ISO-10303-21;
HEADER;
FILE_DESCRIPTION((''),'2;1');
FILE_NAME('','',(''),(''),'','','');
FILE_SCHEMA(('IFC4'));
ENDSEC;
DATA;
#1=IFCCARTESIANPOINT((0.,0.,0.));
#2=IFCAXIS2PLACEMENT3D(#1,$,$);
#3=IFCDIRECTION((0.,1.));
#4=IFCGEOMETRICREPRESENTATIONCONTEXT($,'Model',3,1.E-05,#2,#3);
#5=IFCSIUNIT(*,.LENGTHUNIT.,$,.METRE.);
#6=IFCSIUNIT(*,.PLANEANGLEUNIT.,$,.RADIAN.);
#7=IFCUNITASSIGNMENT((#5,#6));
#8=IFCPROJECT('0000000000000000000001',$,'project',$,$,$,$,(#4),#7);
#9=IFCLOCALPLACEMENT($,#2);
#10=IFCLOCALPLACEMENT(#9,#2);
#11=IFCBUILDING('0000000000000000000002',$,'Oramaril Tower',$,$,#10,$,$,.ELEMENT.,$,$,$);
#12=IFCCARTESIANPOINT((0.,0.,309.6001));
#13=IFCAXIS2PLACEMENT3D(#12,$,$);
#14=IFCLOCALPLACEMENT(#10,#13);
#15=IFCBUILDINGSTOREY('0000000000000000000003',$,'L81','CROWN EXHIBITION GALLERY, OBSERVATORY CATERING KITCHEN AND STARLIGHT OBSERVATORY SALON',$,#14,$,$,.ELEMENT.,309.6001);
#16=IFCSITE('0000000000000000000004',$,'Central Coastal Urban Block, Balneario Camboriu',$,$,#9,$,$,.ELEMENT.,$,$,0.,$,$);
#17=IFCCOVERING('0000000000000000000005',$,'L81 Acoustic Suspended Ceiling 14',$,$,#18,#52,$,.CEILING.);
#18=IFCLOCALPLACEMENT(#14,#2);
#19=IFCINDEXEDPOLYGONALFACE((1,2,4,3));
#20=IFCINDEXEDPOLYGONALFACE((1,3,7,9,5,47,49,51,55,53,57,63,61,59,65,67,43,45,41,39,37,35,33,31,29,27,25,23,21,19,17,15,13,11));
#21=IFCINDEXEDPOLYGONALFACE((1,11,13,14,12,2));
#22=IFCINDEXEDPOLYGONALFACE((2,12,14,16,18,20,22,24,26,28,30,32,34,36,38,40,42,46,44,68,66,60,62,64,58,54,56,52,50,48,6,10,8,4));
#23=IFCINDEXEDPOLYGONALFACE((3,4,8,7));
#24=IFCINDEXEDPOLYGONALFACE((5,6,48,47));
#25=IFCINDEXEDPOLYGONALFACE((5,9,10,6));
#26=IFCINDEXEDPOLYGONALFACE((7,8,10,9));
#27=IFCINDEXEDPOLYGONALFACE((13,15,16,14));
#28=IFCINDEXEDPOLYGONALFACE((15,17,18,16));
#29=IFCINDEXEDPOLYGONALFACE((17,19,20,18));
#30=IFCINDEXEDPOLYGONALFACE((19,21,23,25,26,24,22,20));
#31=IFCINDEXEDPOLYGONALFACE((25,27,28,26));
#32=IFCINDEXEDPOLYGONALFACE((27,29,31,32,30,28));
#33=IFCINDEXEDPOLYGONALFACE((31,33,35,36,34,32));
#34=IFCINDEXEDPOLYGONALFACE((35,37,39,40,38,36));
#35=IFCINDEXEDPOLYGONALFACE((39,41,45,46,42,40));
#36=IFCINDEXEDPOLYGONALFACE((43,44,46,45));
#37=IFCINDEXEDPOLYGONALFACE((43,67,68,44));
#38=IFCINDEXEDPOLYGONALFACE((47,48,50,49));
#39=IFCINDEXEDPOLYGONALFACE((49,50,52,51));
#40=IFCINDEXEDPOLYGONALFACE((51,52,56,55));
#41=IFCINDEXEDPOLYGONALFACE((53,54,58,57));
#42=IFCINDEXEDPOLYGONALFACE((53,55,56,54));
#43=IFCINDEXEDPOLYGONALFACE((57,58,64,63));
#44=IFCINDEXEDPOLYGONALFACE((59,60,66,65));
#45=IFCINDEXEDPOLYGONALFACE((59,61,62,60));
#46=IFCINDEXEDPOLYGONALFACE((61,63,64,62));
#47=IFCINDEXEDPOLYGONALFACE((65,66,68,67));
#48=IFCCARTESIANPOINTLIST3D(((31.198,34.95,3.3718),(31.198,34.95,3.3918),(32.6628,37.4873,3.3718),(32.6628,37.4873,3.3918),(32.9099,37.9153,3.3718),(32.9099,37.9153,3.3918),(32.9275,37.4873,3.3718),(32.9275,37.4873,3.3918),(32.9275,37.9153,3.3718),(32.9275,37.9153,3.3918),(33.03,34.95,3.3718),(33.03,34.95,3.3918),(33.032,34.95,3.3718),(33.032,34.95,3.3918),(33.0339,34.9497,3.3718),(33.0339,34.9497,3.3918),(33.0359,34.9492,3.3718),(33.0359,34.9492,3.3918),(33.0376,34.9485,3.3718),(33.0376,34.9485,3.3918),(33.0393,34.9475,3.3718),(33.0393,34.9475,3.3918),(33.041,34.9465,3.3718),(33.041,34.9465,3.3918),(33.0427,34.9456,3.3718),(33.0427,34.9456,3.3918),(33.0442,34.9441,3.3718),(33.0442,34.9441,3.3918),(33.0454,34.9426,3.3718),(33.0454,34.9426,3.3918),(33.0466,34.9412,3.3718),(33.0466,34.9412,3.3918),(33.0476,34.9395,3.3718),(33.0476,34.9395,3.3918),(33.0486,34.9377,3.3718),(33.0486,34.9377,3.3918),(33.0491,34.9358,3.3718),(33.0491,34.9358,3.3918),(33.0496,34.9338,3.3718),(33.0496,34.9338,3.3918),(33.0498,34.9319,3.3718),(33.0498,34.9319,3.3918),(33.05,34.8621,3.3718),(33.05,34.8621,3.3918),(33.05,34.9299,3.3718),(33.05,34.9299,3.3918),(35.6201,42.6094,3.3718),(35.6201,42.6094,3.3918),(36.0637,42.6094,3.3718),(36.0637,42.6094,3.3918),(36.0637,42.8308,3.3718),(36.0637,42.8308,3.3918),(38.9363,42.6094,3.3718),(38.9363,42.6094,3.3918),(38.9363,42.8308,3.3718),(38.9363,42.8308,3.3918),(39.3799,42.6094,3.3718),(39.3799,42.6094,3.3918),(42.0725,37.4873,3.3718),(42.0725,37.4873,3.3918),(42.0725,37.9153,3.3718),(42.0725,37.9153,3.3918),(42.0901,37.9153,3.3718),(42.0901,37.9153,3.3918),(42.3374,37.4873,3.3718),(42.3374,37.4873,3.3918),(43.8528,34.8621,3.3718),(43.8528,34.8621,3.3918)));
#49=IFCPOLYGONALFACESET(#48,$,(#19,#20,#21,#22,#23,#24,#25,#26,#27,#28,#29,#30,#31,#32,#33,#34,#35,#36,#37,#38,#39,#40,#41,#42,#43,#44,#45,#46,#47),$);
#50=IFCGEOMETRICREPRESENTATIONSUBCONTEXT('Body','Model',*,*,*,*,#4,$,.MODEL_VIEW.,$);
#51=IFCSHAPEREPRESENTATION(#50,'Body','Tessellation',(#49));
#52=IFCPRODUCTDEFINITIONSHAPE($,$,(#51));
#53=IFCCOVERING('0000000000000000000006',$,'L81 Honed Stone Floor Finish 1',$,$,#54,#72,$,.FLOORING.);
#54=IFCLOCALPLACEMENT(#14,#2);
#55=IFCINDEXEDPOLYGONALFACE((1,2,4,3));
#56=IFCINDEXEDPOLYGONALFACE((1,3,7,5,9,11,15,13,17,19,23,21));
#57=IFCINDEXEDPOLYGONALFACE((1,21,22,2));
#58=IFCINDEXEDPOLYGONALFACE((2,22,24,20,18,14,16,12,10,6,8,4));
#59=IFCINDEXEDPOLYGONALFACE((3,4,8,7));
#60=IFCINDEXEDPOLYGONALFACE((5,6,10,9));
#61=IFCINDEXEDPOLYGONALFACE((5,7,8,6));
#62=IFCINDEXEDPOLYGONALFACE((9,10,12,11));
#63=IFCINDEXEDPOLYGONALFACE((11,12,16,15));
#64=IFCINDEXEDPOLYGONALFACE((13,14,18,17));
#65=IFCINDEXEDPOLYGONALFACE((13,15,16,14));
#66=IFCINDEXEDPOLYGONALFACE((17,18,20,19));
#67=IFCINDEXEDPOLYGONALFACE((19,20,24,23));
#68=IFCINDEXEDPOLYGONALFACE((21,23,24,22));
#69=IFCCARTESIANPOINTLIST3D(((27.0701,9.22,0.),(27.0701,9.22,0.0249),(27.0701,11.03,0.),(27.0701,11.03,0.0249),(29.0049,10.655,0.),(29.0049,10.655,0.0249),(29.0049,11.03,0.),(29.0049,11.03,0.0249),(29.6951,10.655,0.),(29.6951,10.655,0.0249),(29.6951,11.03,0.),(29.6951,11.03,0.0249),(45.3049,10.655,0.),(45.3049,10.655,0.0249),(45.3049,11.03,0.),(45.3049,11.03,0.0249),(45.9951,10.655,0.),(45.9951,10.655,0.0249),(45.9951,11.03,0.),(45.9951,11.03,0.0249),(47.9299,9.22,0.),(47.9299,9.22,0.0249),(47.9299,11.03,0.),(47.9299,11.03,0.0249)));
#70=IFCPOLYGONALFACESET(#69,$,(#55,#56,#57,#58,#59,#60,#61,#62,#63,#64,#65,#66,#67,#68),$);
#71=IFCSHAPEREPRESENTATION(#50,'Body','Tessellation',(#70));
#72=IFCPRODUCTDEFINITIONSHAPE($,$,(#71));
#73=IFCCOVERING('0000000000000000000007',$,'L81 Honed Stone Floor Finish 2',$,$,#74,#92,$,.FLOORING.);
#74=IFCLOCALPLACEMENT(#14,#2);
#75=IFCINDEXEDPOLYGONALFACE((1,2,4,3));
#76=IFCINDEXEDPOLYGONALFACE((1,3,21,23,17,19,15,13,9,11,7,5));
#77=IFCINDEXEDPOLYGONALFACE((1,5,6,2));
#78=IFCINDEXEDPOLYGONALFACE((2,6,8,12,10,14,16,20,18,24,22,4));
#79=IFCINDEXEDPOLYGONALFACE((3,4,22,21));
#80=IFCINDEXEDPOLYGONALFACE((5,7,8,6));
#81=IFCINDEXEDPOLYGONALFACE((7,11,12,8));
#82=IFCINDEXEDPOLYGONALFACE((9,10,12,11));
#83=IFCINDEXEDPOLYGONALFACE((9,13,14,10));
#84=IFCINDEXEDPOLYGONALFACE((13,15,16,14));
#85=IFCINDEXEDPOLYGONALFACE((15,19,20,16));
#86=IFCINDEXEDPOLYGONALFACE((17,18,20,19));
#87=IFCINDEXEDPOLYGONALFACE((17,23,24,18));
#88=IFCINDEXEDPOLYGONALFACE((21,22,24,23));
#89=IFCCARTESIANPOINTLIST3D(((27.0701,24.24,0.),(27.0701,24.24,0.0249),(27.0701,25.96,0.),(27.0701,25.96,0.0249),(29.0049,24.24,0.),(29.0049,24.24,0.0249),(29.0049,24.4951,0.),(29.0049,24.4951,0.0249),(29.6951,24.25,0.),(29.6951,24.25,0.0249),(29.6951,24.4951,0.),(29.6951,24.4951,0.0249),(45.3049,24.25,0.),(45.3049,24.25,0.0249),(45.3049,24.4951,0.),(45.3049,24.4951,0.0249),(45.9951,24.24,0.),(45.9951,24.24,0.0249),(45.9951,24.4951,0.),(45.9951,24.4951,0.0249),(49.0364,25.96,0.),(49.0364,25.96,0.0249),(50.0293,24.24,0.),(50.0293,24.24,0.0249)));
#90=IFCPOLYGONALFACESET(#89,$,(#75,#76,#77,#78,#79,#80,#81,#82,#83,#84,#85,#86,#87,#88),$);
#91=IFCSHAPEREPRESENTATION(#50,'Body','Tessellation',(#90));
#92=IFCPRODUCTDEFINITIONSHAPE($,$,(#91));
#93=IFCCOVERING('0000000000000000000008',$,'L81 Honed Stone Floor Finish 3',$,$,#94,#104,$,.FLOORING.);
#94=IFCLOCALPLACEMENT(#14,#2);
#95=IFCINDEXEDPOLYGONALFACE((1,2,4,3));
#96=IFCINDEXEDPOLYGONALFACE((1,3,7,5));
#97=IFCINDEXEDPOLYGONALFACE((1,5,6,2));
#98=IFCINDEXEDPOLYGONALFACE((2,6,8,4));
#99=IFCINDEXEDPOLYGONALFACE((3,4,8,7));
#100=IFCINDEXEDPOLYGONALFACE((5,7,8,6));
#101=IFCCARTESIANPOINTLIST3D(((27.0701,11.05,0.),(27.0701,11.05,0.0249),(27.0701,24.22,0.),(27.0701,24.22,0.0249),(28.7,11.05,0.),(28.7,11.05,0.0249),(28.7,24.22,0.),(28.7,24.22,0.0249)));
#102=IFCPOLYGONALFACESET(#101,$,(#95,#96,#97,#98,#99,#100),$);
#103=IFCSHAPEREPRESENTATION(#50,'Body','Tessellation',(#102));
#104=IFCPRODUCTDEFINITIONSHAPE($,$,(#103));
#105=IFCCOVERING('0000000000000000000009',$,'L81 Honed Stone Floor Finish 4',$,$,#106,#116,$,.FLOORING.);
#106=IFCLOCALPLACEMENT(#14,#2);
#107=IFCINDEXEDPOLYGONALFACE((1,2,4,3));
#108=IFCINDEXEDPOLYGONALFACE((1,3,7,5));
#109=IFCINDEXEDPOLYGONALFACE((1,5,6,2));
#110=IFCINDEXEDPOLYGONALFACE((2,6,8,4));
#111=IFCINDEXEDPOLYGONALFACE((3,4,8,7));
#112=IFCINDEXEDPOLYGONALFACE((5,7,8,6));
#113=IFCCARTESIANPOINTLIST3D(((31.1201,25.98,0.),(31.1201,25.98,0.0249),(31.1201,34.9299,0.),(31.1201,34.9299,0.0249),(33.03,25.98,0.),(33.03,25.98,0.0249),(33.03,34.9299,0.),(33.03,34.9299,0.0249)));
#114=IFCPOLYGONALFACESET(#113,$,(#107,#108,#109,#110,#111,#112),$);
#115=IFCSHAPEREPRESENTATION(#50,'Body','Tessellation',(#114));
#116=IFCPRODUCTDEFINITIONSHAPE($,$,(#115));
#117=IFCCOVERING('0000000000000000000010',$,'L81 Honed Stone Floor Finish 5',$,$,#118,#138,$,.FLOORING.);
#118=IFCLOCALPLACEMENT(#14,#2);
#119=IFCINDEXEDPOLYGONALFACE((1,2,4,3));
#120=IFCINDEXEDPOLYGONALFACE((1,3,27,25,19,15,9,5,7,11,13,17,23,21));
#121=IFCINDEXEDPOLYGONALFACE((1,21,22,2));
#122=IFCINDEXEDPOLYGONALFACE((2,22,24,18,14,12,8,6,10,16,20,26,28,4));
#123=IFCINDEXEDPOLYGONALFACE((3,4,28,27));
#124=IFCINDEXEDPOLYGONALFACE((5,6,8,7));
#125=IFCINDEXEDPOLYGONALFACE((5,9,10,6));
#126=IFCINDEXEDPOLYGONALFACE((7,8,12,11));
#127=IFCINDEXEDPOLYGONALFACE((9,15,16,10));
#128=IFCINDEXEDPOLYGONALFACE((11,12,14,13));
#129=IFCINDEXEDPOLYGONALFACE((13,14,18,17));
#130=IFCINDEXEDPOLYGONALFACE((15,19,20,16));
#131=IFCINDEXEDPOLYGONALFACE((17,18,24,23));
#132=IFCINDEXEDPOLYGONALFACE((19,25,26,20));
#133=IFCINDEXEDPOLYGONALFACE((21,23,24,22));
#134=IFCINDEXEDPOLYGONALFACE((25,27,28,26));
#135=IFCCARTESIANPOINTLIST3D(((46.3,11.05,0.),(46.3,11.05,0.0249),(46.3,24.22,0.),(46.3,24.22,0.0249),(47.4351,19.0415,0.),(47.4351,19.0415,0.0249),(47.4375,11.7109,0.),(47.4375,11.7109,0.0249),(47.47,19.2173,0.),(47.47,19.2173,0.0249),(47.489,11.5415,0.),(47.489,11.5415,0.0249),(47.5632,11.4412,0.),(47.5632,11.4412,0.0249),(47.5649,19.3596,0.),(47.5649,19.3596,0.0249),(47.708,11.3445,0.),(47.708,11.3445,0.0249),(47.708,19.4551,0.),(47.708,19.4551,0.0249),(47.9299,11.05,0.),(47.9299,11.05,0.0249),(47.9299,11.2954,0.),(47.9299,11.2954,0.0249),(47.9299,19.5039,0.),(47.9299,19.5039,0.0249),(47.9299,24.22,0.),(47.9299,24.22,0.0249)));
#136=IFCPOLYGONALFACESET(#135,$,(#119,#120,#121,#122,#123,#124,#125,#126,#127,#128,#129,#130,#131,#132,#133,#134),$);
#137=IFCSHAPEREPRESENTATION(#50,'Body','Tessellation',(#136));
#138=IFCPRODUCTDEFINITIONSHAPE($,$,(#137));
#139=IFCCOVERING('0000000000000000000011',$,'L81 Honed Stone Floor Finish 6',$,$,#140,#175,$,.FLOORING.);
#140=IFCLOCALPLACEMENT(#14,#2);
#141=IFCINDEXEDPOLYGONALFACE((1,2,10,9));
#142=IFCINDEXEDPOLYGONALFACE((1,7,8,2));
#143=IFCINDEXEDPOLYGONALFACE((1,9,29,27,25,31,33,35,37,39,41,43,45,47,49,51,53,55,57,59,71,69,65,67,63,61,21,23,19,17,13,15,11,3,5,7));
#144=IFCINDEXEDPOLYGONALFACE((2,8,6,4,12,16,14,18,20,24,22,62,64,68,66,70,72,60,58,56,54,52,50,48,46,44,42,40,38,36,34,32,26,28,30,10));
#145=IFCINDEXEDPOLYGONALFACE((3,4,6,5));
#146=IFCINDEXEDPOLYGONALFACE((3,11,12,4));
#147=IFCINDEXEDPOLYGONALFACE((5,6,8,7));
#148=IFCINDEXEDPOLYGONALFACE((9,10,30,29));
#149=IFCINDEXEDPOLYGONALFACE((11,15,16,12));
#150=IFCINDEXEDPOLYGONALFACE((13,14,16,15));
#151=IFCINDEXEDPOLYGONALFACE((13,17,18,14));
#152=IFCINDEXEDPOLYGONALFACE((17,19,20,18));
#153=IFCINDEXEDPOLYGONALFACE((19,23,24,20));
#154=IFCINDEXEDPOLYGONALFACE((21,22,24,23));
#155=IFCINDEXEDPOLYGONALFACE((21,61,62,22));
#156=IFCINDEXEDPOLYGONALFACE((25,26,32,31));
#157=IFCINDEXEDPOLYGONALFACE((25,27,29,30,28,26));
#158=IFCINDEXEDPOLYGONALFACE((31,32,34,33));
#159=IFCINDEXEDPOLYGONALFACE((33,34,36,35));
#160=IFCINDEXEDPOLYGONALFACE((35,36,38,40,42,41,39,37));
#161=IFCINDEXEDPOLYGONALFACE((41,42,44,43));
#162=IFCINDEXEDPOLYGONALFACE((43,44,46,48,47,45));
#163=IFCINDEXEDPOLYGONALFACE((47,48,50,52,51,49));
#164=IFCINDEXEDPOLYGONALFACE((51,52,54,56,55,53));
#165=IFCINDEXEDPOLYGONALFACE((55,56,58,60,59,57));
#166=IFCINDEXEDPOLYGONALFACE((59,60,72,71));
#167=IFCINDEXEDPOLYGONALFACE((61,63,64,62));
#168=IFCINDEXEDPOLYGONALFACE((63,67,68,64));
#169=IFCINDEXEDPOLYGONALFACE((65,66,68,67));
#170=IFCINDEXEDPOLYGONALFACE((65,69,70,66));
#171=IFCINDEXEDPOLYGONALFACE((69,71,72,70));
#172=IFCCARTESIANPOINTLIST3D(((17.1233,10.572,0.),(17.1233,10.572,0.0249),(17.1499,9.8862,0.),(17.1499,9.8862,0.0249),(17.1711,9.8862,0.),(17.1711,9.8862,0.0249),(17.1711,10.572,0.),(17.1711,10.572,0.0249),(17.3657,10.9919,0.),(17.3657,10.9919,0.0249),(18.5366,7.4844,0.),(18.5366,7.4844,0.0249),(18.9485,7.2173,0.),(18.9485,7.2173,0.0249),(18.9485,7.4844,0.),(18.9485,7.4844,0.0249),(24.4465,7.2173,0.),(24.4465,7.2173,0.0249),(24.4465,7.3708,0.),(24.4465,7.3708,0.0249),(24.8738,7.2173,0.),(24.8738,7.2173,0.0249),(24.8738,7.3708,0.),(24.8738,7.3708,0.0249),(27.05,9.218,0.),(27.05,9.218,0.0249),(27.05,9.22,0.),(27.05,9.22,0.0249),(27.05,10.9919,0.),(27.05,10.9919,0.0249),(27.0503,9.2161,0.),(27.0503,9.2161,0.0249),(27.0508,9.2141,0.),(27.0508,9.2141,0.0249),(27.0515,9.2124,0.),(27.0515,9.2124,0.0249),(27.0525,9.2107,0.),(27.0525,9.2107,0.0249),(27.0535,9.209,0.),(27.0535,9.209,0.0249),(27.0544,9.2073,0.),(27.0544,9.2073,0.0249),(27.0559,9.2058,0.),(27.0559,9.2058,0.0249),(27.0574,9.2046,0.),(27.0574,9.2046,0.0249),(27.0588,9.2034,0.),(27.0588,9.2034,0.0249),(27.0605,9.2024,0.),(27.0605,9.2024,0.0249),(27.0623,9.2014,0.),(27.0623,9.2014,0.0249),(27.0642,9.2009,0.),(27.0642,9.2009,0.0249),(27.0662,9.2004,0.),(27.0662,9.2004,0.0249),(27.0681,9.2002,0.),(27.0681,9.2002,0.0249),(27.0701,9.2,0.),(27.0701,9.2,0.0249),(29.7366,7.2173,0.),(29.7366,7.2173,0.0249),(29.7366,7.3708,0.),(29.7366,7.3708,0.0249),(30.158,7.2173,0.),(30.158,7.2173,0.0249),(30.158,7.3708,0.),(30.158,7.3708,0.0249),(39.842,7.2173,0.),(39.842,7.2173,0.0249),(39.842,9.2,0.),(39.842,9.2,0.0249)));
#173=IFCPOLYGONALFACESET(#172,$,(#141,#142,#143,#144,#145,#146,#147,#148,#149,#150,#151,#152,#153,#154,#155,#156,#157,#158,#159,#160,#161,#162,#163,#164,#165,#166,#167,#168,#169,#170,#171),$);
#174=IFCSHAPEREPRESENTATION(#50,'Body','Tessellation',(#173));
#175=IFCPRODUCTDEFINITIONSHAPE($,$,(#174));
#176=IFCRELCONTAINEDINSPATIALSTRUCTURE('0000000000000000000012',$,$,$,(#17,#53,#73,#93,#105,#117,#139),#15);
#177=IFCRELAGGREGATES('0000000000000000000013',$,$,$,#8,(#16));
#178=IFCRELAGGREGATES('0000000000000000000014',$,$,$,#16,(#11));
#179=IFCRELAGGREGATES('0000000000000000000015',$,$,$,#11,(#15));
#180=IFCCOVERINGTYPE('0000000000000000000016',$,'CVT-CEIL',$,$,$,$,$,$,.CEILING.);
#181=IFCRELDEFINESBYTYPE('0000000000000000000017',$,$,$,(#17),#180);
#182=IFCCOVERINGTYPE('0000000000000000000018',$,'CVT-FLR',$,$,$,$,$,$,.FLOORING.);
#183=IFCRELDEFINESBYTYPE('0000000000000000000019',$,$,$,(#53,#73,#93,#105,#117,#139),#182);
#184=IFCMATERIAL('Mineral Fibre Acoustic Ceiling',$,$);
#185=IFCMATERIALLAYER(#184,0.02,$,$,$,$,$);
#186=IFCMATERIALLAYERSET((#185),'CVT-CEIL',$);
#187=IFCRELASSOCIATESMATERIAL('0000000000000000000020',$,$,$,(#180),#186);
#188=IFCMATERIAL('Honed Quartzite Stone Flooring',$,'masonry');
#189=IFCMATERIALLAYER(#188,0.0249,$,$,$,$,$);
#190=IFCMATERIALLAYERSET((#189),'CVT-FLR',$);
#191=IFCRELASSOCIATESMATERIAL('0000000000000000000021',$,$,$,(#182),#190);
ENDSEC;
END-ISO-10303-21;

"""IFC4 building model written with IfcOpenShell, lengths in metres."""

from ifc_helpers import new_model, si_unit, direction, frame, origin, place, context, subcontext, project, spatial, polyline, outline, extrude, material, layer, layer_set, type_object, element, save


model = new_model("IFC4")

# Units and contexts
model_context = context("Model", 3, precision=1e-05, world=origin(), true_north=direction((0.0, 1.0)))
body_context = subcontext(model_context, "Body", "Model", "MODEL_VIEW")
ifc_project = project(units=[si_unit("LENGTHUNIT", "METRE"), si_unit("PLANEANGLEUNIT", "RADIAN")], contexts=[model_context])

# Site, building, storey
site_placement = place(None, origin())
site = spatial("IfcSite", under=ifc_project, at=site_placement, Name="Central Coastal Urban Block, Balneario Camboriu", CompositionType="ELEMENT", RefElevation=0.0)
building_placement = place(site_placement, origin())
building = spatial("IfcBuilding", under=site, at=building_placement, Name="Oramaril Tower", CompositionType="ELEMENT")
storey_placement = place(building_placement, frame((0.0, 0.0, 309.6001)))
storey = spatial("IfcBuildingStorey", under=building, at=storey_placement, Name="L81", Description="CROWN EXHIBITION GALLERY, OBSERVATORY CATERING KITCHEN AND STARLIGHT OBSERVATORY SALON", CompositionType="ELEMENT", Elevation=309.6001)

# Coverings
ifc_material_1 = material(Name="Mineral Fibre Acoustic Ceiling")
ifc_layer_1 = layer(ifc_material_1, 0.02)
ifc_layer_set_1 = layer_set([ifc_layer_1], Name="CVT-CEIL")
covering_type_1 = type_object("IfcCoveringType", Name="CVT-CEIL", PredefinedType="CEILING", material=ifc_layer_set_1)
covering_1_placement = place(storey_placement, frame((0.0, 0.0, 3.3718)))
element("IfcCovering", 1, at=covering_1_placement, inside=storey, type_object=covering_type_1, Name="L81 Acoustic Suspended Ceiling 14", PredefinedType="CEILING", context=body_context, shape_type="SweptSolid", body=[
    extrude(outline(polyline([(32.9275, 37.4873), (32.9275, 37.9153), (32.9099, 37.9153), (35.6201, 42.6094), (36.0637, 42.6094), (36.0637, 42.8308), (38.9363, 42.8308), (38.9363, 42.6094), (39.3799, 42.6094), (42.0901, 37.9153), (42.0725, 37.9153), (42.0725, 37.4873), (42.3374, 37.4873), (43.8528, 34.8621), (33.05, 34.8621), (33.05, 34.9299), (33.0498, 34.9319), (33.0496, 34.9338), (33.0491, 34.9358), (33.0486, 34.9377), (33.0476, 34.9395), (33.0466, 34.9412), (33.0454, 34.9426), (33.0442, 34.9441), (33.0427, 34.9456), (33.041, 34.9465), (33.0393, 34.9475), (33.0376, 34.9485), (33.0359, 34.9492), (33.0339, 34.9497), (33.032, 34.95), (33.03, 34.95), (31.198, 34.95), (32.6628, 37.4873), (32.9275, 37.4873)])), origin(), (0.0, 0.0, 1.0), 0.02),
])
ifc_material_2 = material(Name="Honed Quartzite Stone Flooring", Category="masonry")
ifc_layer_2 = layer(ifc_material_2, 0.0249)
ifc_layer_set_2 = layer_set([ifc_layer_2], Name="CVT-FLR")
covering_type_2 = type_object("IfcCoveringType", Name="CVT-FLR", PredefinedType="FLOORING", material=ifc_layer_set_2)
covering_2_placement = place(storey_placement, origin())
element("IfcCovering", 2, at=covering_2_placement, inside=storey, type_object=covering_type_2, Name="L81 Honed Stone Floor Finish 1", PredefinedType="FLOORING", context=body_context, shape_type="SweptSolid", body=[
    extrude(outline(polyline([(45.3049, 10.655), (45.9951, 10.655), (45.9951, 11.03), (47.9299, 11.03), (47.9299, 9.22), (27.0701, 9.22), (27.0701, 11.03), (29.0049, 11.03), (29.0049, 10.655), (29.6951, 10.655), (29.6951, 11.03), (45.3049, 11.03), (45.3049, 10.655)])), origin(), (0.0, 0.0, 1.0), 0.0249),
])
covering_3_placement = place(storey_placement, origin())
element("IfcCovering", 3, at=covering_3_placement, inside=storey, type_object=covering_type_2, Name="L81 Honed Stone Floor Finish 2", PredefinedType="FLOORING", context=body_context, shape_type="SweptSolid", body=[
    extrude(outline(polyline([(27.0701, 25.96), (49.0364, 25.96), (50.0293, 24.24), (45.9951, 24.24), (45.9951, 24.4951), (45.3049, 24.4951), (45.3049, 24.25), (29.6951, 24.25), (29.6951, 24.4951), (29.0049, 24.4951), (29.0049, 24.24), (27.0701, 24.24), (27.0701, 25.96)])), origin(), (0.0, 0.0, 1.0), 0.0249),
])
covering_4_placement = place(storey_placement, origin())
element("IfcCovering", 4, at=covering_4_placement, inside=storey, type_object=covering_type_2, Name="L81 Honed Stone Floor Finish 3", PredefinedType="FLOORING", context=body_context, shape_type="SweptSolid", body=[
    extrude(outline(polyline([(28.7, 11.05), (27.0701, 11.05), (27.0701, 24.22), (28.7, 24.22), (28.7, 11.05)])), origin(), (0.0, 0.0, 1.0), 0.0249),
])
covering_5_placement = place(storey_placement, origin())
element("IfcCovering", 5, at=covering_5_placement, inside=storey, type_object=covering_type_2, Name="L81 Honed Stone Floor Finish 4", PredefinedType="FLOORING", context=body_context, shape_type="SweptSolid", body=[
    extrude(outline(polyline([(33.03, 34.9299), (33.03, 25.98), (31.1201, 25.98), (31.1201, 34.9299), (33.03, 34.9299)])), origin(), (0.0, 0.0, 1.0), 0.0249),
])
covering_6_placement = place(storey_placement, origin())
element("IfcCovering", 6, at=covering_6_placement, inside=storey, type_object=covering_type_2, Name="L81 Honed Stone Floor Finish 5", PredefinedType="FLOORING", context=body_context, shape_type="SweptSolid", body=[
    extrude(outline(polyline([(47.9299, 19.5039), (47.708, 19.4551), (47.5649, 19.3596), (47.47, 19.2173), (47.4351, 19.0415), (47.4375, 11.7109), (47.489, 11.5415), (47.5632, 11.4412), (47.708, 11.3445), (47.9299, 11.2954), (47.9299, 11.05), (46.3, 11.05), (46.3, 24.22), (47.9299, 24.22), (47.9299, 19.5039)])), origin(), (0.0, 0.0, 1.0), 0.0249),
])
covering_7_placement = place(storey_placement, origin())
element("IfcCovering", 7, at=covering_7_placement, inside=storey, type_object=covering_type_2, Name="L81 Honed Stone Floor Finish 6", PredefinedType="FLOORING", context=body_context, shape_type="SweptSolid", body=[
    extrude(outline(polyline([(39.842, 7.2173), (30.158, 7.2173), (30.158, 7.3708), (29.7366, 7.3708), (29.7366, 7.2173), (24.8738, 7.2173), (24.8738, 7.3708), (24.4465, 7.3708), (24.4465, 7.2173), (18.9485, 7.2173), (18.9485, 7.4844), (18.5366, 7.4844), (17.1499, 9.8862), (17.1711, 9.8862), (17.1711, 10.572), (17.1233, 10.572), (17.3657, 10.9919), (27.05, 10.9919), (27.05, 9.22), (27.05, 9.218), (27.0503, 9.2161), (27.0508, 9.2141), (27.0515, 9.2124), (27.0525, 9.2107), (27.0535, 9.209), (27.0544, 9.2073), (27.0559, 9.2058), (27.0574, 9.2046), (27.0588, 9.2034), (27.0605, 9.2024), (27.0623, 9.2014), (27.0642, 9.2009), (27.0662, 9.2004), (27.0681, 9.2002), (27.0701, 9.2), (39.842, 9.2), (39.842, 7.2173)])), origin(), (0.0, 0.0, 1.0), 0.0249),
])

save(model, "model.ifc")
